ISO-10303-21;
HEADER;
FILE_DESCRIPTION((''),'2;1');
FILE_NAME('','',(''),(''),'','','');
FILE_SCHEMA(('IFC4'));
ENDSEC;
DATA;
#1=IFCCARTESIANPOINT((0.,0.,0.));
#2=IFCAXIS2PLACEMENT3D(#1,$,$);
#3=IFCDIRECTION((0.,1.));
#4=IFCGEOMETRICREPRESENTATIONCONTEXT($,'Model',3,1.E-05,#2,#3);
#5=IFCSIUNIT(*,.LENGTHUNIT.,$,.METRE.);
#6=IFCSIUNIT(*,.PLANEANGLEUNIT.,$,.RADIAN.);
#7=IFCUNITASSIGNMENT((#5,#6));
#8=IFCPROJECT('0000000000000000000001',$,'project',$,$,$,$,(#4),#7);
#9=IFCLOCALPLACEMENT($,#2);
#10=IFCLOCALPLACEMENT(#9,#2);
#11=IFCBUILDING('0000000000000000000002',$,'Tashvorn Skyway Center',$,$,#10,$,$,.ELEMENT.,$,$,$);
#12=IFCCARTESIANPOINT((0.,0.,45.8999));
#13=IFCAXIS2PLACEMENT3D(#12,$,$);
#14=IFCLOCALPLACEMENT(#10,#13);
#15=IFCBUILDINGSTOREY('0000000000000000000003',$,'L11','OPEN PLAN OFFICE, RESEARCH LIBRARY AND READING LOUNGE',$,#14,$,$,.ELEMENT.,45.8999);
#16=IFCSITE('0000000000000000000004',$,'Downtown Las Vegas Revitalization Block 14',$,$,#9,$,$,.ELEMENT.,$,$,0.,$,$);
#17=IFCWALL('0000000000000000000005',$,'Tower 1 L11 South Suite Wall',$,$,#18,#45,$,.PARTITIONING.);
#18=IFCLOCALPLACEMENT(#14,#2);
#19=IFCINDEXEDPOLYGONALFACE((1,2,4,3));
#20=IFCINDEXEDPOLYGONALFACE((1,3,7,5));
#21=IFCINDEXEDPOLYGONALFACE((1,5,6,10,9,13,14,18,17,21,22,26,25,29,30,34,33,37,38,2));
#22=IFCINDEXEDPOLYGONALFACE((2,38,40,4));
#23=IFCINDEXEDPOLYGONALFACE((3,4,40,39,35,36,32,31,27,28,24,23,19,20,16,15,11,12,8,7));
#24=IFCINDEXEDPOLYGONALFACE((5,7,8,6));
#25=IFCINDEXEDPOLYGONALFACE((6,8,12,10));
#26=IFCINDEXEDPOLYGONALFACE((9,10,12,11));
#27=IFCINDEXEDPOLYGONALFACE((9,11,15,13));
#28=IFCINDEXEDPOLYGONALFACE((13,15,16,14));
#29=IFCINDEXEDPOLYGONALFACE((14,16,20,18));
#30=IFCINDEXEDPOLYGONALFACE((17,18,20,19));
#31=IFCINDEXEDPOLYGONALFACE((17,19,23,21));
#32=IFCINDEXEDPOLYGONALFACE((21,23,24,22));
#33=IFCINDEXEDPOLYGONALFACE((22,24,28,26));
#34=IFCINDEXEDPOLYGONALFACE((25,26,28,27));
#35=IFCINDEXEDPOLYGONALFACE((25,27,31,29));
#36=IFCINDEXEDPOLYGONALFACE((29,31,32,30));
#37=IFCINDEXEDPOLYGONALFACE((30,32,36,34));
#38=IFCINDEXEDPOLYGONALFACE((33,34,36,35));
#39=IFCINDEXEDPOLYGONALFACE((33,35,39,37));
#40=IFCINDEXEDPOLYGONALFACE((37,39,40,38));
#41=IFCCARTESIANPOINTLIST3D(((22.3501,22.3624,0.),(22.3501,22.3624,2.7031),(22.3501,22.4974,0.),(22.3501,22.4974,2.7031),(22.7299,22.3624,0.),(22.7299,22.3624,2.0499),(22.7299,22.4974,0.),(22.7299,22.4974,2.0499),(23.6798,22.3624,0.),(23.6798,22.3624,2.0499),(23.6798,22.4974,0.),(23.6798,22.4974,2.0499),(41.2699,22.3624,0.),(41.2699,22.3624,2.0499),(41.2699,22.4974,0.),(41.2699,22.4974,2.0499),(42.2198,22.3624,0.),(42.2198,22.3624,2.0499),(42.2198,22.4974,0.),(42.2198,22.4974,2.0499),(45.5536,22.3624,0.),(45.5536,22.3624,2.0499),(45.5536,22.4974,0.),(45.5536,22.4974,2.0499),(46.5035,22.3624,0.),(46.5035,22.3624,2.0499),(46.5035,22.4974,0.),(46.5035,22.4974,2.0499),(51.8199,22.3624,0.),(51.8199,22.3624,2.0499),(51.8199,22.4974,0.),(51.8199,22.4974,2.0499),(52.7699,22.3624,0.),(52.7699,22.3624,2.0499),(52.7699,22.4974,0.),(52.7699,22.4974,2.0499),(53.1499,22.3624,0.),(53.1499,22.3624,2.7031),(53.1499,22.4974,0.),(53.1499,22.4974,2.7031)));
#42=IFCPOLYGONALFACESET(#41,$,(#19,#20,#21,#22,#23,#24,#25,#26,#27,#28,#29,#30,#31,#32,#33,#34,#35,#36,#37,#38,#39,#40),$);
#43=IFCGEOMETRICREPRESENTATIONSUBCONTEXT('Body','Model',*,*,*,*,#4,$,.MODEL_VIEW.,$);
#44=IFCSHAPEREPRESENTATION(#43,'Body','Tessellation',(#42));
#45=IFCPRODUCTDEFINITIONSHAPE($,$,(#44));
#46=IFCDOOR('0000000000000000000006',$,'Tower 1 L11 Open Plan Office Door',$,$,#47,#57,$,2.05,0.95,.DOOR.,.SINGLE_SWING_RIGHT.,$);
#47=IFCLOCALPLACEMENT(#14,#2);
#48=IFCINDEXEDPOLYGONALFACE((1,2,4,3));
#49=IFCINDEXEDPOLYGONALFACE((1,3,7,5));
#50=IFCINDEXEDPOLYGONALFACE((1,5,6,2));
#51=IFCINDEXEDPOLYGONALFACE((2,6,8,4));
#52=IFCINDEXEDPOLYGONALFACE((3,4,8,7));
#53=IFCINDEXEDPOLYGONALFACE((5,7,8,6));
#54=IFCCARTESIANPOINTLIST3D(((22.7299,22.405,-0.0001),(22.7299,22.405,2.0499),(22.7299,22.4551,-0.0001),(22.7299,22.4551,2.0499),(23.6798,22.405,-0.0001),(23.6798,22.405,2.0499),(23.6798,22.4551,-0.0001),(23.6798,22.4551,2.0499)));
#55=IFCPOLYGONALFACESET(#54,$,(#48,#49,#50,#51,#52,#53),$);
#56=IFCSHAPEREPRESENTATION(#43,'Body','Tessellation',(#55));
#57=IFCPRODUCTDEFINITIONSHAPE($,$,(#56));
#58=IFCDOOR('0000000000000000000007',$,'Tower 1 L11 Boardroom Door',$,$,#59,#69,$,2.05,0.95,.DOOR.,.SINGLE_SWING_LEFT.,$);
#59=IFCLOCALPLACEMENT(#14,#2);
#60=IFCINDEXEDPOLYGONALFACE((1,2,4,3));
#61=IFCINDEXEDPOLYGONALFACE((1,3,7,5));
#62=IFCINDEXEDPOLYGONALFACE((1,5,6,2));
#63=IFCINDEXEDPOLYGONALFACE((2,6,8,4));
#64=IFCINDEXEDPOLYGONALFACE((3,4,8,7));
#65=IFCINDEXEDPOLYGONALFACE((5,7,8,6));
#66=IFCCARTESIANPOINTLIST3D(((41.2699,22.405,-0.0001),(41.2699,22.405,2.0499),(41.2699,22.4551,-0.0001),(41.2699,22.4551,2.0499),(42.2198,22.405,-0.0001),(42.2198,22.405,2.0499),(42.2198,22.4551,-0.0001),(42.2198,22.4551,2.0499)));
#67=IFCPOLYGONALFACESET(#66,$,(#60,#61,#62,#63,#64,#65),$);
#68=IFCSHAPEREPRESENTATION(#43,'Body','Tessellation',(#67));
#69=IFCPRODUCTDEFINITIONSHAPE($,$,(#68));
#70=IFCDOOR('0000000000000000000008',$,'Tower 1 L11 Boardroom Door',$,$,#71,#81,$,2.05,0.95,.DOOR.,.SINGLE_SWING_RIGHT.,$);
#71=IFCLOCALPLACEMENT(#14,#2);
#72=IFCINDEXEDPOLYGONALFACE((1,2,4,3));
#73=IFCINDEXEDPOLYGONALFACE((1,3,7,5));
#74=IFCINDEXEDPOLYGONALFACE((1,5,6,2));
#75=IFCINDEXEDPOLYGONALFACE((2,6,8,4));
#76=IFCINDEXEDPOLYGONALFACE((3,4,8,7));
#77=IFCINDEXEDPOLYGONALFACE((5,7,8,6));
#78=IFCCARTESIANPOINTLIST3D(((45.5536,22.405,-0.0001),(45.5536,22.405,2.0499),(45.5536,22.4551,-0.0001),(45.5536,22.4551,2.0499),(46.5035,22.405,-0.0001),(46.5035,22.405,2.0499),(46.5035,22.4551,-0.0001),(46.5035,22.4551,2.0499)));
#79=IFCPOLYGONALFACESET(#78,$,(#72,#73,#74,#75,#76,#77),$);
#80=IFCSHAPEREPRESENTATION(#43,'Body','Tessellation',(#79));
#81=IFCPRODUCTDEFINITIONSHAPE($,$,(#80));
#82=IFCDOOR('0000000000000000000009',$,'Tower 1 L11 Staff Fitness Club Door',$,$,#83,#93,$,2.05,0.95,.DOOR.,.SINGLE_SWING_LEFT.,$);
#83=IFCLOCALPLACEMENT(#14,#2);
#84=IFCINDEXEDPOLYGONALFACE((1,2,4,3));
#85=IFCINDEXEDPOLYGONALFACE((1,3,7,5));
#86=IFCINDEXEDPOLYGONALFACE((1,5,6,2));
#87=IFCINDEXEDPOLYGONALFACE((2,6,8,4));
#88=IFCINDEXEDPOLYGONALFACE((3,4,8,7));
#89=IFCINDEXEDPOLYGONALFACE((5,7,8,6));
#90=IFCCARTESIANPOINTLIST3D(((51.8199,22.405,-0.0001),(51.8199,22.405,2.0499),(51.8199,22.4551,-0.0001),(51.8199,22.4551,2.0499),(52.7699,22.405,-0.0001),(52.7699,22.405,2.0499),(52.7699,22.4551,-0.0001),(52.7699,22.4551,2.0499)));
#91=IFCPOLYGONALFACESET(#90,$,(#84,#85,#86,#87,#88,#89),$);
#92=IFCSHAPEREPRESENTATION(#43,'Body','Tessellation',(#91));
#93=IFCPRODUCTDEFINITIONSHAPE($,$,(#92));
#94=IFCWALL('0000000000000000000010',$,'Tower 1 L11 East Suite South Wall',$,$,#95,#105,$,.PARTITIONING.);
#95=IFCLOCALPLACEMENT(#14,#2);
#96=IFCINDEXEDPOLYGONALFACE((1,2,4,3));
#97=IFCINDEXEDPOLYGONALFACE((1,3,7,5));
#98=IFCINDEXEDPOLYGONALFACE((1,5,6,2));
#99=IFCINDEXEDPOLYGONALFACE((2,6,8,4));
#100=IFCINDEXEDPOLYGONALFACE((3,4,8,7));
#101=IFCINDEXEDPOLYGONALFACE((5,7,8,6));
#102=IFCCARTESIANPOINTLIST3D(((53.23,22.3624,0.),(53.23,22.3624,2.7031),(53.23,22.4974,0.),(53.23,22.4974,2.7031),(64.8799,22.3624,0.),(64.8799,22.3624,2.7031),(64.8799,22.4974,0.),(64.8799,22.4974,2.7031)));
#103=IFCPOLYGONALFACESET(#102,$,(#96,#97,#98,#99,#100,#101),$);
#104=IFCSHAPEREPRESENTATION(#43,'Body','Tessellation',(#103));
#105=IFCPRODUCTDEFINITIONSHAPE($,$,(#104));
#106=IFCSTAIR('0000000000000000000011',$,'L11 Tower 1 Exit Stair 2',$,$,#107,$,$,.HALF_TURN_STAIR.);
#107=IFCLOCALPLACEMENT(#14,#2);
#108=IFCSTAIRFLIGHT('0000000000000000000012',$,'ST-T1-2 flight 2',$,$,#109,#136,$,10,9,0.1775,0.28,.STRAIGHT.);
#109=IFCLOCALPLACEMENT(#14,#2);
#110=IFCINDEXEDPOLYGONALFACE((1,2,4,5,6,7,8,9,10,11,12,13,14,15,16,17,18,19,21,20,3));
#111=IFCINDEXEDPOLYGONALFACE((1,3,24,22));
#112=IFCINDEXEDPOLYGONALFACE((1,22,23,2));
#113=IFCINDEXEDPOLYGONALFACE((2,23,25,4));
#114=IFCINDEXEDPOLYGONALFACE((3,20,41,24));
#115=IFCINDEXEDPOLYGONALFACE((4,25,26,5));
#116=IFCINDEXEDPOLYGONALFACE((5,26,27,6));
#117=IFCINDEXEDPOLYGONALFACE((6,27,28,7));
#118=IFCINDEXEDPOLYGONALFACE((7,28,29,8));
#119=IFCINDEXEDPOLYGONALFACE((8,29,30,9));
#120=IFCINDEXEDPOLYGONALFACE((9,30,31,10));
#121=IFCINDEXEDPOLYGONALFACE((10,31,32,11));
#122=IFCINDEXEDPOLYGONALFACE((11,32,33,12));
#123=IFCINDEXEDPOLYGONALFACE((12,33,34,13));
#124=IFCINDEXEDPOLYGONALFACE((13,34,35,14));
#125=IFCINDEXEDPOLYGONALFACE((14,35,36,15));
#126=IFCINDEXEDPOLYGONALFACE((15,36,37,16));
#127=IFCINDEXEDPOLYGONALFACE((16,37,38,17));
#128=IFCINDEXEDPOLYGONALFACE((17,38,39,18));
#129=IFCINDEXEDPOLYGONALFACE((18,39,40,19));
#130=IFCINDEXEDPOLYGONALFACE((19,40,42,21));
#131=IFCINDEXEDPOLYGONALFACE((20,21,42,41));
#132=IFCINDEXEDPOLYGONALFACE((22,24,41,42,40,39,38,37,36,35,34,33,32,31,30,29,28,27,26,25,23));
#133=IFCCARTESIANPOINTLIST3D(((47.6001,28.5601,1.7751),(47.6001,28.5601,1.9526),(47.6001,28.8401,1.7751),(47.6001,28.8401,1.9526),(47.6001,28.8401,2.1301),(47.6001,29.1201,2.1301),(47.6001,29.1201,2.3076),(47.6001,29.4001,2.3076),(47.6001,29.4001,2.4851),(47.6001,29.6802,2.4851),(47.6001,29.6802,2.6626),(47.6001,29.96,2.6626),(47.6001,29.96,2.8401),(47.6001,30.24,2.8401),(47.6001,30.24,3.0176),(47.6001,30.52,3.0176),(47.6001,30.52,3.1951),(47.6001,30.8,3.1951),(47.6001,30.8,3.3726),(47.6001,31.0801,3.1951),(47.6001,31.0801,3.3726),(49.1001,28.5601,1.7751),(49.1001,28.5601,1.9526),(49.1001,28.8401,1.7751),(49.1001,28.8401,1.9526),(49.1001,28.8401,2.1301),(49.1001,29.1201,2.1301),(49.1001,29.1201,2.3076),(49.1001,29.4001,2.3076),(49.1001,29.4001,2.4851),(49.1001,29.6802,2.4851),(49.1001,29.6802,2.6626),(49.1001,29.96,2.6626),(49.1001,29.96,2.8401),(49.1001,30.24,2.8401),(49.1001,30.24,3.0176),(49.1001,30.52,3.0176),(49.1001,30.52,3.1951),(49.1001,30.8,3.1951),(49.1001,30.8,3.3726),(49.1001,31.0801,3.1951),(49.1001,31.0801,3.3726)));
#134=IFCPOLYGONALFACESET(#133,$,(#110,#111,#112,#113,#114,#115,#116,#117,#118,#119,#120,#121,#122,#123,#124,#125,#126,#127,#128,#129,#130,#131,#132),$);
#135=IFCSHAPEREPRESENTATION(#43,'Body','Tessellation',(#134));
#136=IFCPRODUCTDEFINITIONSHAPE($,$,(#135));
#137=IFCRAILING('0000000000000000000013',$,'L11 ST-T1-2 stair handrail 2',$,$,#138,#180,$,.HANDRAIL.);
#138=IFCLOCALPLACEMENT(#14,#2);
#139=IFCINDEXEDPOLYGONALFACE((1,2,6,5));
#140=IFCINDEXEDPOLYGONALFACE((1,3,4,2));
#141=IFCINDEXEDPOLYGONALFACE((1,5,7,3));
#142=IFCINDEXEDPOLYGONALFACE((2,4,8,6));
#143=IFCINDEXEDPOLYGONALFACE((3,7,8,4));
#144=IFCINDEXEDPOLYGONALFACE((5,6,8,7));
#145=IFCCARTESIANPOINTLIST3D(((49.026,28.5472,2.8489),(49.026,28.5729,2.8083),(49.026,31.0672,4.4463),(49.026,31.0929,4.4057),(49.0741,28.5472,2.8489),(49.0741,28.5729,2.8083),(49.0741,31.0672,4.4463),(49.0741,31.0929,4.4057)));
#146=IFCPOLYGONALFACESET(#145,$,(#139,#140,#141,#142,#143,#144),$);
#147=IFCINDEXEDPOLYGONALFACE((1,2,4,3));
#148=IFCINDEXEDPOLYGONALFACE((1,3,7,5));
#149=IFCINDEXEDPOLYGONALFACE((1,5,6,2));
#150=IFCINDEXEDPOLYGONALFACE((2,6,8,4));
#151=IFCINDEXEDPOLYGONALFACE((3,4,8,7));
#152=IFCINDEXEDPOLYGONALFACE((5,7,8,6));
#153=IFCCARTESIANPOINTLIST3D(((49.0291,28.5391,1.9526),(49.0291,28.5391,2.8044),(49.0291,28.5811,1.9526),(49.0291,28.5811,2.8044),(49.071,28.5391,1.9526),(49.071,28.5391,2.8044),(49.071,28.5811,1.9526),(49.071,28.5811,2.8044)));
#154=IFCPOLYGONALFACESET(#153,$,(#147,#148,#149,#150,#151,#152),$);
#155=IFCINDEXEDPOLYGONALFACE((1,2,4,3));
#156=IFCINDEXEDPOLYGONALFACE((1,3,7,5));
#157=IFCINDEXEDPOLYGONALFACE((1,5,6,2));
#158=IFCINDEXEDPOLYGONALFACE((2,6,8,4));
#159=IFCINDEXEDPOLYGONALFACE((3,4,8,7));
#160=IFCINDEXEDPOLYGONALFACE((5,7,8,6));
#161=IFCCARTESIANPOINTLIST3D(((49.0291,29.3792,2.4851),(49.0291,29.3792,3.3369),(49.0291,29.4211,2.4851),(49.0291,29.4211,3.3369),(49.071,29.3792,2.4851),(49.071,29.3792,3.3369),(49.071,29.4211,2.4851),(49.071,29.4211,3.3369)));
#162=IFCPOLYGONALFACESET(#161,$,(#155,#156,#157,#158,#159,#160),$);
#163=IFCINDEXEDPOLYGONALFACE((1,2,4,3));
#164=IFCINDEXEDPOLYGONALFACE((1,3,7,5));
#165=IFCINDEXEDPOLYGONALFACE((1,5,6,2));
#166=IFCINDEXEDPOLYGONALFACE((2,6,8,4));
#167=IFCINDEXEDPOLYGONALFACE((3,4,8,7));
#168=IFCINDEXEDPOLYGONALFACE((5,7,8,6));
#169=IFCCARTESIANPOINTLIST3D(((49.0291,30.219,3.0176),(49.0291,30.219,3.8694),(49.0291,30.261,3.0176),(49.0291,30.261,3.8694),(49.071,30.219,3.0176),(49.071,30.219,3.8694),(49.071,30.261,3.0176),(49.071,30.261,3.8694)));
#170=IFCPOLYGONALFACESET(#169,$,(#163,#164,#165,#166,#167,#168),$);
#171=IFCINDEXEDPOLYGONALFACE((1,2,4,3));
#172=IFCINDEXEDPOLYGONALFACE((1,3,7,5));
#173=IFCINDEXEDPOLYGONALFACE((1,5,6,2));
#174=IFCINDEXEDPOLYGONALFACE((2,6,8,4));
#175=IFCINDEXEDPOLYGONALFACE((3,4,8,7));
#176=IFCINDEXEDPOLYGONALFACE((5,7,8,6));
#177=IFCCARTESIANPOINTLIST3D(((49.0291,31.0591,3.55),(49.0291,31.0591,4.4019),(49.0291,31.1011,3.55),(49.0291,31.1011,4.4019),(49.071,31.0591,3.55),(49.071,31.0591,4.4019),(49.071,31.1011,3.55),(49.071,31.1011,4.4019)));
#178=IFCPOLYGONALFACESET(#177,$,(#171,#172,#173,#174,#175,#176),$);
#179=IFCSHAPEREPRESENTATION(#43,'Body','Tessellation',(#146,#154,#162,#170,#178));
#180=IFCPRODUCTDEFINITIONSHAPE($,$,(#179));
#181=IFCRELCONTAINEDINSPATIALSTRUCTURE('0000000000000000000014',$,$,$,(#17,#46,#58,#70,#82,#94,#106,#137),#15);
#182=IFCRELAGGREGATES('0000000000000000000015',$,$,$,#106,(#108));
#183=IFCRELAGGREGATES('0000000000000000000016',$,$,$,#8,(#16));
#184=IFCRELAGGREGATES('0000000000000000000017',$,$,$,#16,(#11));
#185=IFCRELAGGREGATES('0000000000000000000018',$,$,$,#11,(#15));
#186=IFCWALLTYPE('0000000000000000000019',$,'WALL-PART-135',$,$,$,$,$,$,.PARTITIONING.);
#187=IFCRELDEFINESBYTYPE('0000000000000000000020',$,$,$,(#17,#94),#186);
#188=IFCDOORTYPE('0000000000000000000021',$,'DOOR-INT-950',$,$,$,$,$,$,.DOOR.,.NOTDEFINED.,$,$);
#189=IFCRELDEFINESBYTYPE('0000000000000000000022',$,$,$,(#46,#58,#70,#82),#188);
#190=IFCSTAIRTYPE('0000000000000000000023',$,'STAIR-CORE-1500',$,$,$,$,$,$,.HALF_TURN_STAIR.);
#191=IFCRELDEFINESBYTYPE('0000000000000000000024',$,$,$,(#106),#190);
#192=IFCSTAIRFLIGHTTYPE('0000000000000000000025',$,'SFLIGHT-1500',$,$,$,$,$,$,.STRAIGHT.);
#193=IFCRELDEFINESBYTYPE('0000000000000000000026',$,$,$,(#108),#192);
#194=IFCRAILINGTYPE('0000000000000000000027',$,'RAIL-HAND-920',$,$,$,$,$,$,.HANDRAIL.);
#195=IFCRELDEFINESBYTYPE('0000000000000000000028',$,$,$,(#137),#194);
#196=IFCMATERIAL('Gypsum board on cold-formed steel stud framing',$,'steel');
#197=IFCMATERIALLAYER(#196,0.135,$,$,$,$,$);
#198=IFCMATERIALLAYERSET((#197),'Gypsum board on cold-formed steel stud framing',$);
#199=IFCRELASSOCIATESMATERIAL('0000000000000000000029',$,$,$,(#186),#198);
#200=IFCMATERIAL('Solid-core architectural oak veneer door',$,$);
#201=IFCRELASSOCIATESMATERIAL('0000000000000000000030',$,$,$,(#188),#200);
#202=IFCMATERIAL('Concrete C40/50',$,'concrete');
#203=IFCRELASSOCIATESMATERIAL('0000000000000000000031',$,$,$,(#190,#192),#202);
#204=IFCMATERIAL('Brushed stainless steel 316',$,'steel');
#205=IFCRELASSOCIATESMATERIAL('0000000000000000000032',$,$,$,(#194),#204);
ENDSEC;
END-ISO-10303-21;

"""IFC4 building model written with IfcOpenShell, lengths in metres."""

from ifc_helpers import new_model, si_unit, direction, frame, frame_2d, origin, origin_2d, place, context, subcontext, project, spatial, polyline, rectangle, outline, extrude, material, layer, layer_set, type_object, element, fill, aggregate, save


model = new_model("IFC4")

# Units and contexts
model_context = context("Model", 3, precision=1e-05, world=origin(), true_north=direction((0.0, 1.0)))
body_context = subcontext(model_context, "Body", "Model", "MODEL_VIEW")
ifc_project = project(units=[si_unit("LENGTHUNIT", "METRE"), si_unit("PLANEANGLEUNIT", "RADIAN")], contexts=[model_context])

# Site, building, storey
site_placement = place(None, origin())
site = spatial("IfcSite", under=ifc_project, at=site_placement, Name="Downtown Las Vegas Revitalization Block 14", CompositionType="ELEMENT", RefElevation=0.0)
building_placement = place(site_placement, origin())
building = spatial("IfcBuilding", under=site, at=building_placement, Name="Tashvorn Skyway Center", CompositionType="ELEMENT")
storey_placement = place(building_placement, frame((0.0, 0.0, 45.8999)))
storey = spatial("IfcBuildingStorey", under=building, at=storey_placement, Name="L11", Description="OPEN PLAN OFFICE, RESEARCH LIBRARY AND READING LOUNGE", CompositionType="ELEMENT", Elevation=45.8999)

# Shared definitions
ifc_material_1 = material(Name="Gypsum board on cold-formed steel stud framing", Category="steel")

# Wall, openings, doors
ifc_layer_1 = layer(ifc_material_1, 0.135)
ifc_layer_set_1 = layer_set([ifc_layer_1], Name="Gypsum board on cold-formed steel stud framing")
wall_type_1 = type_object("IfcWallType", Name="WALL-PART-135", PredefinedType="PARTITIONING", material=ifc_layer_set_1)
wall_1_placement = place(storey_placement, frame((53.1499, 22.4299, 0.0), z_axis=(0.0, 0.0, 1.0), x_axis=(-1.0, 0.0, 0.0)))
wall_1 = element("IfcWall", 1, at=wall_1_placement, inside=storey, type_object=wall_type_1, Name="Tower 1 L11 South Suite Wall", PredefinedType="PARTITIONING", context=body_context, shape_type="SweptSolid", body=[
    extrude(rectangle(XDim=30.7998, YDim=0.135, at=frame_2d((15.3999, 0.0))), origin(), (0.0, 0.0, 1.0), 2.7031),
])
opening_1_placement = place(wall_1_placement, frame((29.47, 0.0, 0.0)))
opening_1 = element("IfcOpeningElement", 2, at=opening_1_placement, cuts=wall_1, PredefinedType="OPENING", context=body_context, shape_type="SweptSolid", body=[
    extrude(rectangle(XDim=0.95, YDim=2.05, at=frame_2d((0.4751, 1.0249))), frame((0.0, 0.0774, 0.0), z_axis=(0.0, -1.0, 0.0), x_axis=(1.0, 0.0, 0.0)), (0.0, 0.0, 1.0), 0.155),
])
opening_2_placement = place(wall_1_placement, frame((10.9299, 0.0, 0.0)))
opening_2 = element("IfcOpeningElement", 3, at=opening_2_placement, cuts=wall_1, PredefinedType="OPENING", context=body_context, shape_type="SweptSolid", body=[
    extrude(rectangle(XDim=0.95, YDim=2.05, at=frame_2d((0.4751, 1.0249))), frame((0.0, 0.0774, 0.0), z_axis=(0.0, -1.0, 0.0), x_axis=(1.0, 0.0, 0.0)), (0.0, 0.0, 1.0), 0.155),
])
opening_3_placement = place(wall_1_placement, frame((6.6462, 0.0, 0.0)))
opening_3 = element("IfcOpeningElement", 4, at=opening_3_placement, cuts=wall_1, PredefinedType="OPENING", context=body_context, shape_type="SweptSolid", body=[
    extrude(rectangle(XDim=0.95, YDim=2.05, at=frame_2d((0.4751, 1.0249))), frame((0.0, 0.0774, 0.0), z_axis=(0.0, -1.0, 0.0), x_axis=(1.0, 0.0, 0.0)), (0.0, 0.0, 1.0), 0.155),
])
opening_4_placement = place(wall_1_placement, frame((0.3799, 0.0, 0.0)))
opening_4 = element("IfcOpeningElement", 5, at=opening_4_placement, cuts=wall_1, PredefinedType="OPENING", context=body_context, shape_type="SweptSolid", body=[
    extrude(rectangle(XDim=0.95, YDim=2.05, at=frame_2d((0.4751, 1.0249))), frame((0.0, 0.0774, 0.0), z_axis=(0.0, -1.0, 0.0), x_axis=(1.0, 0.0, 0.0)), (0.0, 0.0, 1.0), 0.155),
])
ifc_material_2 = material(Name="Solid-core architectural oak veneer door")
door_type_1 = type_object("IfcDoorType", Name="DOOR-INT-950", OperationType="NOTDEFINED", PredefinedType="DOOR", material=ifc_material_2)
door_1_placement = place(opening_1_placement, origin())
door_1 = element("IfcDoor", 6, at=door_1_placement, inside=storey, type_object=door_type_1, Name="Tower 1 L11 Open Plan Office Door", OperationType="SINGLE_SWING_RIGHT", OverallHeight=2.05, OverallWidth=0.95, PredefinedType="DOOR", context=body_context, shape_type="SweptSolid", body=[
    extrude(rectangle(XDim=0.95, YDim=2.05, at=frame_2d((0.4751, 1.0249))), frame((0.0, 0.0249, 0.0), z_axis=(0.0, -1.0, 0.0), x_axis=(1.0, 0.0, 0.0)), (0.0, 0.0, 1.0), 0.05),
])
fill(opening_1, door_1)
door_2_placement = place(opening_2_placement, origin())
door_2 = element("IfcDoor", 7, at=door_2_placement, inside=storey, type_object=door_type_1, Name="Tower 1 L11 Boardroom Door", OperationType="SINGLE_SWING_LEFT", OverallHeight=2.05, OverallWidth=0.95, PredefinedType="DOOR", context=body_context, shape_type="SweptSolid", body=[
    extrude(rectangle(XDim=0.95, YDim=2.05, at=frame_2d((0.4751, 1.0249))), frame((0.0, 0.0249, 0.0), z_axis=(0.0, -1.0, 0.0), x_axis=(1.0, 0.0, 0.0)), (0.0, 0.0, 1.0), 0.05),
])
fill(opening_2, door_2)
door_3_placement = place(opening_3_placement, origin())
door_3 = element("IfcDoor", 8, at=door_3_placement, inside=storey, type_object=door_type_1, Name="Tower 1 L11 Boardroom Door", OperationType="SINGLE_SWING_RIGHT", OverallHeight=2.05, OverallWidth=0.95, PredefinedType="DOOR", context=body_context, shape_type="SweptSolid", body=[
    extrude(rectangle(XDim=0.95, YDim=2.05, at=frame_2d((0.4751, 1.0249))), frame((0.0, 0.0249, 0.0), z_axis=(0.0, -1.0, 0.0), x_axis=(1.0, 0.0, 0.0)), (0.0, 0.0, 1.0), 0.05),
])
fill(opening_3, door_3)
door_4_placement = place(opening_4_placement, origin())
door_4 = element("IfcDoor", 9, at=door_4_placement, inside=storey, type_object=door_type_1, Name="Tower 1 L11 Staff Fitness Club Door", OperationType="SINGLE_SWING_LEFT", OverallHeight=2.05, OverallWidth=0.95, PredefinedType="DOOR", context=body_context, shape_type="SweptSolid", body=[
    extrude(rectangle(XDim=0.95, YDim=2.05, at=frame_2d((0.4751, 1.0249))), frame((0.0, 0.0249, 0.0), z_axis=(0.0, -1.0, 0.0), x_axis=(1.0, 0.0, 0.0)), (0.0, 0.0, 1.0), 0.05),
])
fill(opening_4, door_4)

# Wall
wall_2_placement = place(storey_placement, frame((53.23, 22.4299, 0.0), z_axis=(0.0, 0.0, 1.0), x_axis=(1.0, 0.0, 0.0)))
element("IfcWall", 10, at=wall_2_placement, inside=storey, type_object=wall_type_1, Name="Tower 1 L11 East Suite South Wall", PredefinedType="PARTITIONING", context=body_context, shape_type="SweptSolid", body=[
    extrude(rectangle(XDim=11.6499, YDim=0.135, at=frame_2d((5.825, 0.0))), origin(), (0.0, 0.0, 1.0), 2.7031),
])

# Stair, stair flight
ifc_material_3 = material(Name="Concrete C40/50", Category="concrete")
stair_type = type_object("IfcStairType", Name="STAIR-CORE-1500", PredefinedType="HALF_TURN_STAIR", material=ifc_material_3)
stair_placement = place(storey_placement, origin())
stair = element("IfcStair", 11, at=stair_placement, inside=storey, type_object=stair_type, Name="L11 Tower 1 Exit Stair 2", PredefinedType="HALF_TURN_STAIR")
stair_flight_type = type_object("IfcStairFlightType", Name="SFLIGHT-1500", PredefinedType="STRAIGHT", material=ifc_material_3)
stair_flight_placement = place(storey_placement, frame((48.3501, 28.5601, 1.7751), z_axis=(0.0, 0.0, 1.0), x_axis=(0.0, 1.0, 0.0)))
stair_flight = element("IfcStairFlight", 12, at=stair_flight_placement, type_object=stair_flight_type, Name="ST-T1-2 flight 2", NumberOfRisers=10, NumberOfTreads=9, PredefinedType="STRAIGHT", RiserHeight=0.1775, TreadLength=0.28, context=body_context, shape_type="SweptSolid", body=[
    extrude(outline(polyline([(0.0, 0.0), (0.0, 0.1775), (0.28, 0.1775), (0.28, 0.355), (0.5601, 0.355), (0.5601, 0.5325), (0.8401, 0.5325), (0.8401, 0.71), (1.1201, 0.71), (1.1201, 0.8875), (1.3999, 0.8875), (1.3999, 1.0649), (1.6799, 1.0649), (1.6799, 1.2424), (1.96, 1.2424), (1.96, 1.4199), (2.24, 1.4199), (2.24, 1.5974), (2.52, 1.5974), (2.52, 1.7749), (2.52, 1.4199), (0.28, 0.0), (0.0, 0.0)])), frame((0.0, 0.75, 0.0), z_axis=(0.0, -1.0, 0.0), x_axis=(1.0, 0.0, 0.0)), (0.0, 0.0, 1.0), 1.5),
])
aggregate(stair, [stair_flight])

# Railing
ifc_material_4 = material(Name="Brushed stainless steel 316", Category="steel")
railing_type_1 = type_object("IfcRailingType", Name="RAIL-HAND-920", PredefinedType="HANDRAIL", material=ifc_material_4)
railing_1_placement = place(storey_placement, frame((49.05, 28.5601, 1.9526)))
element("IfcRailing", 13, at=railing_1_placement, inside=storey, type_object=railing_type_1, Name="L11 ST-T1-2 stair handrail 2", PredefinedType="HANDRAIL", context=body_context, shape_type="SweptSolid", body=[
    extrude(rectangle(XDim=0.0481, YDim=0.0481, at=origin_2d()), frame((0.0, 0.0, 0.876), z_axis=(0.0, 0.844607, 0.535387), x_axis=(-1.0, 0.0, 0.0)), (0.0, 0.0, 1.0), 2.9836),
    extrude(rectangle(XDim=0.042, YDim=0.042, at=origin_2d()), origin(), (0.0, 0.0, 1.0), 0.8518),
    extrude(rectangle(XDim=0.042, YDim=0.042, at=origin_2d()), frame((0.0, 0.8401, 0.5325)), (0.0, 0.0, 1.0), 0.8518),
    extrude(rectangle(XDim=0.042, YDim=0.042, at=origin_2d()), frame((0.0, 1.6799, 1.0649)), (0.0, 0.0, 1.0), 0.8518),
    extrude(rectangle(XDim=0.042, YDim=0.042, at=origin_2d()), frame((0.0, 2.52, 1.5974)), (0.0, 0.0, 1.0), 0.8518),
])

save(model, "model.ifc")
